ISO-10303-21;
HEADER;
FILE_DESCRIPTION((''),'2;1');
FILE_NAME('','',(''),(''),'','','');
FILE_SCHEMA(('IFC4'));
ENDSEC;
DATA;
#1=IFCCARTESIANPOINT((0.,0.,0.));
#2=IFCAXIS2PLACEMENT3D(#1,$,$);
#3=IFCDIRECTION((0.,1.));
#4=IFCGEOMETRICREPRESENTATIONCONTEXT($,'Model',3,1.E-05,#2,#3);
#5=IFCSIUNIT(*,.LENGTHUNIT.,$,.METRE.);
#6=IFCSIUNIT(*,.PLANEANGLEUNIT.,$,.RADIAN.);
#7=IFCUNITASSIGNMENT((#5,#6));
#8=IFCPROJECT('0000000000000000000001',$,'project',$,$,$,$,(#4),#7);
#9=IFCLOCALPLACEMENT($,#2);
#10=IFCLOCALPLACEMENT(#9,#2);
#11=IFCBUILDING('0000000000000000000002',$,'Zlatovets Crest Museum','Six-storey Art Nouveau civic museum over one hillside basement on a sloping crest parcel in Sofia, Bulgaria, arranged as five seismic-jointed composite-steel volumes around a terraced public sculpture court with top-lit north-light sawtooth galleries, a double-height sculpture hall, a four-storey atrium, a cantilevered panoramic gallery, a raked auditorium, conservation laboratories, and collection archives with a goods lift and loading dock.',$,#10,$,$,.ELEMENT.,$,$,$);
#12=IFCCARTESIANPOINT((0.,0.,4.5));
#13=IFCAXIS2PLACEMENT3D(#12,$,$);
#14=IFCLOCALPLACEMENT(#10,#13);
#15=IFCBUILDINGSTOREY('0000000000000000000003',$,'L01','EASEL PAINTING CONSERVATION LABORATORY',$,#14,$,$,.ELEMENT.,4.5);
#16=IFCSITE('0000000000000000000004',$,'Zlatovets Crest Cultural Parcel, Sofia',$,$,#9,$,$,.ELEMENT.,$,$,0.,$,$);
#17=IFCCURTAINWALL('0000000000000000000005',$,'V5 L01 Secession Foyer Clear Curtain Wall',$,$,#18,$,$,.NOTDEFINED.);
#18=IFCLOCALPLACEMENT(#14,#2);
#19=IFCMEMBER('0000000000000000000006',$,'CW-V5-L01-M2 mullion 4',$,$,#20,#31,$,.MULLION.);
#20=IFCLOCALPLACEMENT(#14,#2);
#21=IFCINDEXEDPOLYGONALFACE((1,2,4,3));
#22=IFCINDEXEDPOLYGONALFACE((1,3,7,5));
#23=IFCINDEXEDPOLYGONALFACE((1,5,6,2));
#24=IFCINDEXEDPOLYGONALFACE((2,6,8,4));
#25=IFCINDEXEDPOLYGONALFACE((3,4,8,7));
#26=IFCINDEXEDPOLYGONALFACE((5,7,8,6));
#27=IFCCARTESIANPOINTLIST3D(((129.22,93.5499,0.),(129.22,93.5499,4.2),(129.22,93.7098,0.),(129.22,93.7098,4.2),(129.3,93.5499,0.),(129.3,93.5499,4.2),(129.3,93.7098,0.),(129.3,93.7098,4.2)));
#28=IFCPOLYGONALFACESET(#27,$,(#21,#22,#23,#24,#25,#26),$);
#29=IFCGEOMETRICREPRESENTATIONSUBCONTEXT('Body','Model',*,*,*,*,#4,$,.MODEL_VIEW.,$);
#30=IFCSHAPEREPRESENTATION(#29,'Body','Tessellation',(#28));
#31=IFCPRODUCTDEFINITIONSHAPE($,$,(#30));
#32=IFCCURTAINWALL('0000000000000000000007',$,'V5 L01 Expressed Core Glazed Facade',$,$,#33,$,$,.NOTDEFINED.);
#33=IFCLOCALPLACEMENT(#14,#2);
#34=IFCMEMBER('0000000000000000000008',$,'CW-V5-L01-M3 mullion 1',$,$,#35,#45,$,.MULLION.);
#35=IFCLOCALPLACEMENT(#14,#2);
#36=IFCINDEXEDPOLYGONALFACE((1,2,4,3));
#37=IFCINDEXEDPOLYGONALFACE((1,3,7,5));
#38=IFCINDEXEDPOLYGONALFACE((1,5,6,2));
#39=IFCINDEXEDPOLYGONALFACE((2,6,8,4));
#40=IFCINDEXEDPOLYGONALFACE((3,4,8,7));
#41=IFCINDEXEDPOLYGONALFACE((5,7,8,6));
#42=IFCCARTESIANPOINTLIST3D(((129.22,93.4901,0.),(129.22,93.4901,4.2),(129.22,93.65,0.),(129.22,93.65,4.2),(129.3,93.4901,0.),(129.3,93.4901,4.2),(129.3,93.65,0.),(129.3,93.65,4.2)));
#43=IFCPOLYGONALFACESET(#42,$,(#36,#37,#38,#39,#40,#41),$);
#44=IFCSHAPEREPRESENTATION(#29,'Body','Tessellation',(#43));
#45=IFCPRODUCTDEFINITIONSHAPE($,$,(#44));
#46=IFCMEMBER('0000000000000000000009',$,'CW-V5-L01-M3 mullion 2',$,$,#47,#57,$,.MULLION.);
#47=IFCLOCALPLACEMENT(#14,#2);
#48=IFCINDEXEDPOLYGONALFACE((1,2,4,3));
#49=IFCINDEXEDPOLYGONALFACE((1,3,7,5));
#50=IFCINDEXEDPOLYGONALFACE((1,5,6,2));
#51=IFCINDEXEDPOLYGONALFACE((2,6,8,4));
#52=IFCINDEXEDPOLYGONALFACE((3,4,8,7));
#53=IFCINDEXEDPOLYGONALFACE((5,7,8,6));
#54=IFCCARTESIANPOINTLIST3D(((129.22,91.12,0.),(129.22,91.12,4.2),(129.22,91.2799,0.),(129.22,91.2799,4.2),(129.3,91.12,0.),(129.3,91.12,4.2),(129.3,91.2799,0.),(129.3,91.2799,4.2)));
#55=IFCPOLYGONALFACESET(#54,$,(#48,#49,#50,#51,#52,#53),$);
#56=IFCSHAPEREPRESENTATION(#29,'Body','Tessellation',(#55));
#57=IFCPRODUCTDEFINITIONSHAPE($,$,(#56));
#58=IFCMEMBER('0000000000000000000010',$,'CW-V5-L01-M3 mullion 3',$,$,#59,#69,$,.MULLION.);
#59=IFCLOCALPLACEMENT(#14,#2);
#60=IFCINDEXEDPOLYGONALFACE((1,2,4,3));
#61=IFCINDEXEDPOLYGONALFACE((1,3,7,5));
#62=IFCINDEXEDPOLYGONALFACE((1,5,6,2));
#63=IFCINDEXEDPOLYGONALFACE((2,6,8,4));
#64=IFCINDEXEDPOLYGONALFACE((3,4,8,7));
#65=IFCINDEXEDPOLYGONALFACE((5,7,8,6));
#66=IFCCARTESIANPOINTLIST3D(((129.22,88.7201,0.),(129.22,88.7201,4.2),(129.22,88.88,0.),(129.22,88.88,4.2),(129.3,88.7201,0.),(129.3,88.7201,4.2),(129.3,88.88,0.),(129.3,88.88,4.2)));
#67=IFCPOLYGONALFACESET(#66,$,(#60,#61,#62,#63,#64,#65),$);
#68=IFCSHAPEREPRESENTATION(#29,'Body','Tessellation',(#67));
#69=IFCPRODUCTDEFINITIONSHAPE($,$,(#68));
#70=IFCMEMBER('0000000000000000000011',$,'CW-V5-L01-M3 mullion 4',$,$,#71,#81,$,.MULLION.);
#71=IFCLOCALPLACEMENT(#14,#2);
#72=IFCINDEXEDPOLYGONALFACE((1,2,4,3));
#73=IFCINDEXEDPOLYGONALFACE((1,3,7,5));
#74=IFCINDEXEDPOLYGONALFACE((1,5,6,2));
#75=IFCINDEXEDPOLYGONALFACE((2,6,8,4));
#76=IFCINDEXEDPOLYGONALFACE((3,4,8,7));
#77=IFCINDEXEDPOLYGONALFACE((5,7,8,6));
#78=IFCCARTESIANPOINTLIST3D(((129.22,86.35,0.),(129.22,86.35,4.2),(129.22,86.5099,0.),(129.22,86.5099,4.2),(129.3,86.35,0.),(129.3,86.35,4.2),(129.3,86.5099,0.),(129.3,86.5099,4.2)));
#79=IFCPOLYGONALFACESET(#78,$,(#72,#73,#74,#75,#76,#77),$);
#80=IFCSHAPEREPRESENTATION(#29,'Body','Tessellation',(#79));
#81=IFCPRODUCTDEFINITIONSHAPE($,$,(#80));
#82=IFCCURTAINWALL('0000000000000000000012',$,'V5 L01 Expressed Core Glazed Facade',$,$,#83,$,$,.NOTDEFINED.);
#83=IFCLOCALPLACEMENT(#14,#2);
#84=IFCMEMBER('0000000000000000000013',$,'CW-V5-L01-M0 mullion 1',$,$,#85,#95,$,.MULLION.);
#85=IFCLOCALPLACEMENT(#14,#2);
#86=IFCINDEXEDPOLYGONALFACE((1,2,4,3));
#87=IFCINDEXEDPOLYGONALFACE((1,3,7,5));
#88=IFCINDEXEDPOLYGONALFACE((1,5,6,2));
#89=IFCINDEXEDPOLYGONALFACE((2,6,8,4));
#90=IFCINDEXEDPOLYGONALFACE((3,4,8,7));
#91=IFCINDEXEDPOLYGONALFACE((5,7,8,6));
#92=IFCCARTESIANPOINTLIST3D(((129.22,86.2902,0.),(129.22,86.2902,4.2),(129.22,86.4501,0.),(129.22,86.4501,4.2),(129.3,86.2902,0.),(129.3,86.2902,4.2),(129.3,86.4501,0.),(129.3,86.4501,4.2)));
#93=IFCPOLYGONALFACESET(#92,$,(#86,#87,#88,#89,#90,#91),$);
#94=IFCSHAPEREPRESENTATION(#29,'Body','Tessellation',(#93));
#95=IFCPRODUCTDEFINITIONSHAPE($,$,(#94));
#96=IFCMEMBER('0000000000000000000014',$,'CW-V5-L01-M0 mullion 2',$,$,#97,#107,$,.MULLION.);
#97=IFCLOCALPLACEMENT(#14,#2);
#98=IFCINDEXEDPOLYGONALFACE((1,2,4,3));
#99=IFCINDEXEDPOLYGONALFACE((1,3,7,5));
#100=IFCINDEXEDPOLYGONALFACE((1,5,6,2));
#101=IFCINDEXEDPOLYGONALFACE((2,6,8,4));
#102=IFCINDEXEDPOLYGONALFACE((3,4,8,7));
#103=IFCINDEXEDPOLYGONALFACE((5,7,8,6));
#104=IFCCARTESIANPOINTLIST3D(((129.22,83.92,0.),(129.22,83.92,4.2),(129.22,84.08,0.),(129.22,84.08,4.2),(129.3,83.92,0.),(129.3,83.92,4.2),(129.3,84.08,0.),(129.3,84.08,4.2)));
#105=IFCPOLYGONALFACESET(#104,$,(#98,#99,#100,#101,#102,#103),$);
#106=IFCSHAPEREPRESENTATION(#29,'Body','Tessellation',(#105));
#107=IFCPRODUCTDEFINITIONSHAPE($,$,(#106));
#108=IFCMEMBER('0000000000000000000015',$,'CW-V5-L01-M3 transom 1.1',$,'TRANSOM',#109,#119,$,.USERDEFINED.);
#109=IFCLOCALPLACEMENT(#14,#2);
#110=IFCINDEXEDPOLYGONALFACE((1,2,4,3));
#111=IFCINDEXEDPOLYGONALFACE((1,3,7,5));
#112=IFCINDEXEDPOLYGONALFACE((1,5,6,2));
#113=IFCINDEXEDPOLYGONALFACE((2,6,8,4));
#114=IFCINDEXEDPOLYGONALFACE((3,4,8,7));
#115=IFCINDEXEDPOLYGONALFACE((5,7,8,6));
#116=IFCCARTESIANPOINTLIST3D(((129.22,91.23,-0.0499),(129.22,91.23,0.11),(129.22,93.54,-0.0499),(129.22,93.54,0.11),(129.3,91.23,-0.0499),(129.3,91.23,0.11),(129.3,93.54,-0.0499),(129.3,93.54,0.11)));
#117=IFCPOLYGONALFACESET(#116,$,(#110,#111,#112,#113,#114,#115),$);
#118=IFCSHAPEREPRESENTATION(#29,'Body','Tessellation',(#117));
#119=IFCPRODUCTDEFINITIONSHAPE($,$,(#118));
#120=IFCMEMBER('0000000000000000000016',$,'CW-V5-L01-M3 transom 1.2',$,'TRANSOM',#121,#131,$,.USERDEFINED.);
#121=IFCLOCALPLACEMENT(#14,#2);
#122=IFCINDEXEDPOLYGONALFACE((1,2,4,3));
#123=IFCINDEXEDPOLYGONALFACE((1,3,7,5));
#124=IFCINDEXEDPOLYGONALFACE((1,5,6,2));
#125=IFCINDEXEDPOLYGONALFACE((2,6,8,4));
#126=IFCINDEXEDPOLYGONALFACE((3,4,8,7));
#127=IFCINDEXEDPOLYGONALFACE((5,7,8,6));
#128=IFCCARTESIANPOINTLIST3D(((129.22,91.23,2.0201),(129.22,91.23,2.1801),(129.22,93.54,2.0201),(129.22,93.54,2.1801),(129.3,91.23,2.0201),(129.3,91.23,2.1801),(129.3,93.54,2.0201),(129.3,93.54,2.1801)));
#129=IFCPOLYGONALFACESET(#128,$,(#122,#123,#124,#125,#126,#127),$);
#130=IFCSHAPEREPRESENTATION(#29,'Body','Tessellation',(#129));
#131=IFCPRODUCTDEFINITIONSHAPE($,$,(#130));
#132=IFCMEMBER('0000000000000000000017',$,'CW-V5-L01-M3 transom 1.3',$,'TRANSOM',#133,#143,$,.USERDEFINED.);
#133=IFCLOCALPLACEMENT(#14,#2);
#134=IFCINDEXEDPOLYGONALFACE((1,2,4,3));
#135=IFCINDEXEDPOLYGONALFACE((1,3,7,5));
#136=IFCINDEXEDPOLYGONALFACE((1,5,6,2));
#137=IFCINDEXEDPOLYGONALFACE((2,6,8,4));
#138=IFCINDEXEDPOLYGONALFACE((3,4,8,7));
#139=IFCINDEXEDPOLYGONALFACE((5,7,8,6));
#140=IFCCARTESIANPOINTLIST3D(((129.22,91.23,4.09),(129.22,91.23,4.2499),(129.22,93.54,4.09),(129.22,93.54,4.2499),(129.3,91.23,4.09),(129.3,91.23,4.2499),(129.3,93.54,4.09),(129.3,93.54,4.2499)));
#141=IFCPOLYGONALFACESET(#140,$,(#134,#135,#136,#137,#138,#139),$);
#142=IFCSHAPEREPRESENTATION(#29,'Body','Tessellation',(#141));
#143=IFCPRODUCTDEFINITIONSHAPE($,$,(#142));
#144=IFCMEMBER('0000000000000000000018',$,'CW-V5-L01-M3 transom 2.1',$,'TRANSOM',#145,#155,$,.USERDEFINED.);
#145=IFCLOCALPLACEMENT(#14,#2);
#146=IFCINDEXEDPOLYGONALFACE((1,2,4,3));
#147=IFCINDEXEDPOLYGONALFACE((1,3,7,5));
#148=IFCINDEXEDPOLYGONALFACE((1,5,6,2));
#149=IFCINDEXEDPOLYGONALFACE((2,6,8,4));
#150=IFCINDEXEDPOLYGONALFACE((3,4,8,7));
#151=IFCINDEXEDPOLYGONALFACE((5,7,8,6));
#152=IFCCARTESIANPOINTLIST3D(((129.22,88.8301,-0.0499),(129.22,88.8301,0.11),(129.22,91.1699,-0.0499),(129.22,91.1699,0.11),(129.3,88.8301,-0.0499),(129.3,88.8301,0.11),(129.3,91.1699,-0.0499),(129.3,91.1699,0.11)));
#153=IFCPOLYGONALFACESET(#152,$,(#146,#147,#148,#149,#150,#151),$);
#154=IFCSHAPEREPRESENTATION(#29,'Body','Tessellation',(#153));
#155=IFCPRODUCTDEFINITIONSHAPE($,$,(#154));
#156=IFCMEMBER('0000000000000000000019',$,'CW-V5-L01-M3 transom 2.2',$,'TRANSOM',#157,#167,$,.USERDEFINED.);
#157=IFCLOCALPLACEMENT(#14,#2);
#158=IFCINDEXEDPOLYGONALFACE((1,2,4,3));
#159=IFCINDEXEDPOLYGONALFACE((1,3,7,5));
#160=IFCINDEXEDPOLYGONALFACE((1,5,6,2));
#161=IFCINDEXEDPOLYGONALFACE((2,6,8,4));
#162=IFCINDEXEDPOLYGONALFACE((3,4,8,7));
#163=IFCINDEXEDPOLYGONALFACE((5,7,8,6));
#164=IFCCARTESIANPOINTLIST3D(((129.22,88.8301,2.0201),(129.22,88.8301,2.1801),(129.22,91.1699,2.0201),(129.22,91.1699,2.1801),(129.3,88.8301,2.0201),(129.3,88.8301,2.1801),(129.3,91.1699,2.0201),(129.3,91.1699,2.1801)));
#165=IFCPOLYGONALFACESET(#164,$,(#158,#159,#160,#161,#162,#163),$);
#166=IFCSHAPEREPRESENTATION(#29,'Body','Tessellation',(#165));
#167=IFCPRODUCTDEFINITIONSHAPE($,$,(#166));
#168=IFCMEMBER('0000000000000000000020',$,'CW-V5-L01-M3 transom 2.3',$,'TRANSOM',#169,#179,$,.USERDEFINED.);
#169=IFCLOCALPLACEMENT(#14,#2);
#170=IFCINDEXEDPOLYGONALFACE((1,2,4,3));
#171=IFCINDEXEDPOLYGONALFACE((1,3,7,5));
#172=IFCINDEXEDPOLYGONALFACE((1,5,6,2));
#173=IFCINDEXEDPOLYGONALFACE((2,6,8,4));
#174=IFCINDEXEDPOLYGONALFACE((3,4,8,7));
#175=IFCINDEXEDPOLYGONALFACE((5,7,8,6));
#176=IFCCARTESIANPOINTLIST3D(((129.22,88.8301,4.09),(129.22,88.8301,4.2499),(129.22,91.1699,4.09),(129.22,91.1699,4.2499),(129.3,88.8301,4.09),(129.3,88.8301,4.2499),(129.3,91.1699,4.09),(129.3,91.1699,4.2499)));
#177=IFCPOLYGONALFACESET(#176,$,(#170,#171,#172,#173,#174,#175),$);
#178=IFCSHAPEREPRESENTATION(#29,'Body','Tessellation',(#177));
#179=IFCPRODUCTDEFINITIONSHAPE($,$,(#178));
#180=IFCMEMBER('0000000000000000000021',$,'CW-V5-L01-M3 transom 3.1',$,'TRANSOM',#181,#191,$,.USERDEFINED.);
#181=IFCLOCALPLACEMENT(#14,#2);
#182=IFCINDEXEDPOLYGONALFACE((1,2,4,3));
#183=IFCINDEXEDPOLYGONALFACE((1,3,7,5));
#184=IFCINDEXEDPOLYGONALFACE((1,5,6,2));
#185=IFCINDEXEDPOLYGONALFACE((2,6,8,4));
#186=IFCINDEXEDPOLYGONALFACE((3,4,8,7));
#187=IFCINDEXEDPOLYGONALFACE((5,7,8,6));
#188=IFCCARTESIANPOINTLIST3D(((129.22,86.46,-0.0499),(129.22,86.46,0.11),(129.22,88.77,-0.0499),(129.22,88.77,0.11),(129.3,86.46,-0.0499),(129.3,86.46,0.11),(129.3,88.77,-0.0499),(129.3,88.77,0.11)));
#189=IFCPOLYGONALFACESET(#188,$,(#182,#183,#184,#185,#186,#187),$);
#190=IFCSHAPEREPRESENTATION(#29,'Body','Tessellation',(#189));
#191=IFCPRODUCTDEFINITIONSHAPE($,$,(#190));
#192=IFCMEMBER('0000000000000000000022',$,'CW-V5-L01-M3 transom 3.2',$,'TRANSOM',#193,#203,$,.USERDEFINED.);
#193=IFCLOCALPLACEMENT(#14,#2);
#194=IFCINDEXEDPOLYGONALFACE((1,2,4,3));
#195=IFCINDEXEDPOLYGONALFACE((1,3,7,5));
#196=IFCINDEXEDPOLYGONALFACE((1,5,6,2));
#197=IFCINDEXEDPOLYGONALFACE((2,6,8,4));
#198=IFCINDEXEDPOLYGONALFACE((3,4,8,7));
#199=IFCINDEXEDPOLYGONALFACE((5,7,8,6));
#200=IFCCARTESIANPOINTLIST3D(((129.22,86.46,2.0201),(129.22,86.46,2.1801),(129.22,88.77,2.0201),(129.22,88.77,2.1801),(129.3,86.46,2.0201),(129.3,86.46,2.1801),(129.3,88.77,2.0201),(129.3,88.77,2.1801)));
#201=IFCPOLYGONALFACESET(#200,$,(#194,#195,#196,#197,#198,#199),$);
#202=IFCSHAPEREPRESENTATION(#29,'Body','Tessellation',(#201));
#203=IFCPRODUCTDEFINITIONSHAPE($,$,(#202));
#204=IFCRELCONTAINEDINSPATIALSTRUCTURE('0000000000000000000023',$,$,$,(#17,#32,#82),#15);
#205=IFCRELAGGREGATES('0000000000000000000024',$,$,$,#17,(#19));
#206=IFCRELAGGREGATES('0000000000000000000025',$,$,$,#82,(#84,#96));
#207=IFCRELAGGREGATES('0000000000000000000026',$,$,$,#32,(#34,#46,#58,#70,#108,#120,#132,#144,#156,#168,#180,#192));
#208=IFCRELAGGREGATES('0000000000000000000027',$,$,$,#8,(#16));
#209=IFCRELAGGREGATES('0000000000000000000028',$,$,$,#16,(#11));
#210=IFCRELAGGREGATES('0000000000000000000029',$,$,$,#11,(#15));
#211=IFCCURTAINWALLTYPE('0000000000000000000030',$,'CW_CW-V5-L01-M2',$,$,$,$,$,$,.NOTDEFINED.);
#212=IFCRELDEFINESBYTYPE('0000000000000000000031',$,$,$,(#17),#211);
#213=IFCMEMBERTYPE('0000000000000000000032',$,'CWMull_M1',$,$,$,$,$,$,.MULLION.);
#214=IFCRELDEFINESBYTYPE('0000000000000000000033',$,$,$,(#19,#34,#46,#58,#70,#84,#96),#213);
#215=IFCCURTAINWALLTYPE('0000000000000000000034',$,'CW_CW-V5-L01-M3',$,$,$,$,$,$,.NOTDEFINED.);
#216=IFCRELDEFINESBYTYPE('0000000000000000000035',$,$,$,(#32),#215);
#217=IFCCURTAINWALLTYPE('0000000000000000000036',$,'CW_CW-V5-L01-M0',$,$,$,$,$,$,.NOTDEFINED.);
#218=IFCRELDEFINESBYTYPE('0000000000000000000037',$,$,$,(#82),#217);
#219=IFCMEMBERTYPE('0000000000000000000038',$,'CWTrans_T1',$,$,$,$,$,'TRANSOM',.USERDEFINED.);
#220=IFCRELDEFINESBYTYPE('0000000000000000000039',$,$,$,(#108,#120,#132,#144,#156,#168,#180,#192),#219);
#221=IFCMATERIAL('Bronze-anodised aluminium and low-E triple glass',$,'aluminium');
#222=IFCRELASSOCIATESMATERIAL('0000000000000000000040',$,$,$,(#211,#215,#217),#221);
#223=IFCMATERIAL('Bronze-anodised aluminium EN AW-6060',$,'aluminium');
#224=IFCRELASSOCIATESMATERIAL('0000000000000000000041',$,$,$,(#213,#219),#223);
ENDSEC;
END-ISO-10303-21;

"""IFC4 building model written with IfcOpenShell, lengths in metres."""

from ifc_helpers import new_model, si_unit, direction, frame, origin, origin_2d, place, context, subcontext, project, spatial, rectangle, extrude, material, material_profile, profile_set, type_object, element, aggregate, save


model = new_model("IFC4")

# Units and contexts
model_context = context("Model", 3, precision=1e-05, world=origin(), true_north=direction((0.0, 1.0)))
body_context = subcontext(model_context, "Body", "Model", "MODEL_VIEW")
ifc_project = project(units=[si_unit("LENGTHUNIT", "METRE"), si_unit("PLANEANGLEUNIT", "RADIAN")], contexts=[model_context])

# Site, building, storey
site_placement = place(None, origin())
site = spatial("IfcSite", under=ifc_project, at=site_placement, Name="Zlatovets Crest Cultural Parcel, Sofia", CompositionType="ELEMENT", RefElevation=0.0)
building_placement = place(site_placement, origin())
building = spatial("IfcBuilding", under=site, at=building_placement, Name="Zlatovets Crest Museum", Description="Six-storey Art Nouveau civic museum over one hillside basement on a sloping crest parcel in Sofia, Bulgaria, arranged as five seismic-jointed composite-steel volumes around a terraced public sculpture court with top-lit north-light sawtooth galleries, a double-height sculpture hall, a four-storey atrium, a cantilevered panoramic gallery, a raked auditorium, conservation laboratories, and collection archives with a goods lift and loading dock.", CompositionType="ELEMENT")
storey_placement = place(building_placement, frame((0.0, 0.0, 4.5)))
storey = spatial("IfcBuildingStorey", under=building, at=storey_placement, Name="L01", Description="EASEL PAINTING CONSERVATION LABORATORY", CompositionType="ELEMENT", Elevation=4.5)

# Curtain wall, member
ifc_material_1 = material(Name="Bronze-anodised aluminium and low-E triple glass", Category="aluminium")
curtain_wall_type_1 = type_object("IfcCurtainWallType", Name="CW_CW-V5-L01-M2", PredefinedType="NOTDEFINED", material=ifc_material_1)
curtain_wall_1_placement = place(storey_placement, origin())
curtain_wall_1 = element("IfcCurtainWall", 1, at=curtain_wall_1_placement, inside=storey, type_object=curtain_wall_type_1, Name="V5 L01 Secession Foyer Clear Curtain Wall", PredefinedType="NOTDEFINED")
ifc_material_2 = material(Name="Bronze-anodised aluminium EN AW-6060", Category="aluminium")
ifc_material_profile_1 = material_profile(ifc_material_2, rectangle(XDim=0.0801, YDim=0.1599, at=origin_2d()), Name="ALU 80x160")
ifc_profile_set_1 = profile_set([ifc_material_profile_1], Name="Bronze-anodised aluminium EN AW-6060")
member_type_1 = type_object("IfcMemberType", Name="CWMull_M1", PredefinedType="MULLION", material=ifc_profile_set_1)
member_1_placement = place(storey_placement, frame((129.26, 93.6299, 0.0), z_axis=(0.0, 0.0, 1.0), x_axis=(1.0, 0.0, 0.0)))
member_1 = element("IfcMember", 2, at=member_1_placement, type_object=member_type_1, Name="CW-V5-L01-M2 mullion 4", PredefinedType="MULLION", context=body_context, shape_type="SweptSolid", body=[
    extrude(rectangle(XDim=0.0801, YDim=0.1599, at=origin_2d()), origin(), (0.0, 0.0, 1.0), 4.2),
])
aggregate(curtain_wall_1, [member_1])

# Curtain walls, members
curtain_wall_type_2 = type_object("IfcCurtainWallType", Name="CW_CW-V5-L01-M3", PredefinedType="NOTDEFINED", material=ifc_material_1)
curtain_wall_2_placement = place(storey_placement, origin())
curtain_wall_2 = element("IfcCurtainWall", 3, at=curtain_wall_2_placement, inside=storey, type_object=curtain_wall_type_2, Name="V5 L01 Expressed Core Glazed Facade", PredefinedType="NOTDEFINED")
member_2_placement = place(storey_placement, frame((129.26, 93.5701, 0.0), z_axis=(0.0, 0.0, 1.0), x_axis=(1.0, 0.0, 0.0)))
member_2 = element("IfcMember", 4, at=member_2_placement, type_object=member_type_1, Name="CW-V5-L01-M3 mullion 1", PredefinedType="MULLION", context=body_context, shape_type="SweptSolid", body=[
    extrude(rectangle(XDim=0.0801, YDim=0.1599, at=origin_2d()), origin(), (0.0, 0.0, 1.0), 4.2),
])
member_3_placement = place(storey_placement, frame((129.26, 91.2, 0.0), z_axis=(0.0, 0.0, 1.0), x_axis=(1.0, 0.0, 0.0)))
member_3 = element("IfcMember", 5, at=member_3_placement, type_object=member_type_1, Name="CW-V5-L01-M3 mullion 2", PredefinedType="MULLION", context=body_context, shape_type="SweptSolid", body=[
    extrude(rectangle(XDim=0.0801, YDim=0.1599, at=origin_2d()), origin(), (0.0, 0.0, 1.0), 4.2),
])
member_4_placement = place(storey_placement, frame((129.26, 88.8, 0.0), z_axis=(0.0, 0.0, 1.0), x_axis=(1.0, 0.0, 0.0)))
member_4 = element("IfcMember", 6, at=member_4_placement, type_object=member_type_1, Name="CW-V5-L01-M3 mullion 3", PredefinedType="MULLION", context=body_context, shape_type="SweptSolid", body=[
    extrude(rectangle(XDim=0.0801, YDim=0.1599, at=origin_2d()), origin(), (0.0, 0.0, 1.0), 4.2),
])
member_5_placement = place(storey_placement, frame((129.26, 86.4299, 0.0), z_axis=(0.0, 0.0, 1.0), x_axis=(1.0, 0.0, 0.0)))
member_5 = element("IfcMember", 7, at=member_5_placement, type_object=member_type_1, Name="CW-V5-L01-M3 mullion 4", PredefinedType="MULLION", context=body_context, shape_type="SweptSolid", body=[
    extrude(rectangle(XDim=0.0801, YDim=0.1599, at=origin_2d()), origin(), (0.0, 0.0, 1.0), 4.2),
])
curtain_wall_type_3 = type_object("IfcCurtainWallType", Name="CW_CW-V5-L01-M0", PredefinedType="NOTDEFINED", material=ifc_material_1)
curtain_wall_3_placement = place(storey_placement, origin())
curtain_wall_3 = element("IfcCurtainWall", 8, at=curtain_wall_3_placement, inside=storey, type_object=curtain_wall_type_3, Name="V5 L01 Expressed Core Glazed Facade", PredefinedType="NOTDEFINED")
member_6_placement = place(storey_placement, frame((129.26, 86.3701, 0.0), z_axis=(0.0, 0.0, 1.0), x_axis=(1.0, 0.0, 0.0)))
member_6 = element("IfcMember", 9, at=member_6_placement, type_object=member_type_1, Name="CW-V5-L01-M0 mullion 1", PredefinedType="MULLION", context=body_context, shape_type="SweptSolid", body=[
    extrude(rectangle(XDim=0.0801, YDim=0.1599, at=origin_2d()), origin(), (0.0, 0.0, 1.0), 4.2),
])
member_7_placement = place(storey_placement, frame((129.26, 84.0, 0.0), z_axis=(0.0, 0.0, 1.0), x_axis=(1.0, 0.0, 0.0)))
member_7 = element("IfcMember", 10, at=member_7_placement, type_object=member_type_1, Name="CW-V5-L01-M0 mullion 2", PredefinedType="MULLION", context=body_context, shape_type="SweptSolid", body=[
    extrude(rectangle(XDim=0.0801, YDim=0.1599, at=origin_2d()), origin(), (0.0, 0.0, 1.0), 4.2),
])

# Members
ifc_material_profile_2 = material_profile(ifc_material_2, rectangle(XDim=0.0801, YDim=0.1599, at=origin_2d()), Name="ALU 80x160")
ifc_profile_set_2 = profile_set([ifc_material_profile_2], Name="Bronze-anodised aluminium EN AW-6060")
member_type_2 = type_object("IfcMemberType", Name="CWTrans_T1", ElementType="TRANSOM", PredefinedType="USERDEFINED", material=ifc_profile_set_2)
member_8_placement = place(storey_placement, frame((129.26, 93.54, 0.03), z_axis=(0.0, -1.0, 0.0), x_axis=(1.0, 0.0, 0.0)))
member_8 = element("IfcMember", 11, at=member_8_placement, type_object=member_type_2, Name="CW-V5-L01-M3 transom 1.1", ObjectType="TRANSOM", PredefinedType="USERDEFINED", context=body_context, shape_type="SweptSolid", body=[
    extrude(rectangle(XDim=0.0801, YDim=0.1599, at=origin_2d()), origin(), (0.0, 0.0, 1.0), 2.3101),
])
member_9_placement = place(storey_placement, frame((129.26, 93.54, 2.1001), z_axis=(0.0, -1.0, 0.0), x_axis=(1.0, 0.0, 0.0)))
member_9 = element("IfcMember", 12, at=member_9_placement, type_object=member_type_2, Name="CW-V5-L01-M3 transom 1.2", ObjectType="TRANSOM", PredefinedType="USERDEFINED", context=body_context, shape_type="SweptSolid", body=[
    extrude(rectangle(XDim=0.0801, YDim=0.1599, at=origin_2d()), origin(), (0.0, 0.0, 1.0), 2.3101),
])
member_10_placement = place(storey_placement, frame((129.26, 93.54, 4.1699), z_axis=(0.0, -1.0, 0.0), x_axis=(1.0, 0.0, 0.0)))
member_10 = element("IfcMember", 13, at=member_10_placement, type_object=member_type_2, Name="CW-V5-L01-M3 transom 1.3", ObjectType="TRANSOM", PredefinedType="USERDEFINED", context=body_context, shape_type="SweptSolid", body=[
    extrude(rectangle(XDim=0.0801, YDim=0.1599, at=origin_2d()), origin(), (0.0, 0.0, 1.0), 2.3101),
])
member_11_placement = place(storey_placement, frame((129.26, 91.1699, 0.03), z_axis=(0.0, -1.0, 0.0), x_axis=(1.0, 0.0, 0.0)))
member_11 = element("IfcMember", 14, at=member_11_placement, type_object=member_type_2, Name="CW-V5-L01-M3 transom 2.1", ObjectType="TRANSOM", PredefinedType="USERDEFINED", context=body_context, shape_type="SweptSolid", body=[
    extrude(rectangle(XDim=0.0801, YDim=0.1599, at=origin_2d()), origin(), (0.0, 0.0, 1.0), 2.3398),
])
member_12_placement = place(storey_placement, frame((129.26, 91.1699, 2.1001), z_axis=(0.0, -1.0, 0.0), x_axis=(1.0, 0.0, 0.0)))
member_12 = element("IfcMember", 15, at=member_12_placement, type_object=member_type_2, Name="CW-V5-L01-M3 transom 2.2", ObjectType="TRANSOM", PredefinedType="USERDEFINED", context=body_context, shape_type="SweptSolid", body=[
    extrude(rectangle(XDim=0.0801, YDim=0.1599, at=origin_2d()), origin(), (0.0, 0.0, 1.0), 2.3398),
])
member_13_placement = place(storey_placement, frame((129.26, 91.1699, 4.1699), z_axis=(0.0, -1.0, 0.0), x_axis=(1.0, 0.0, 0.0)))
member_13 = element("IfcMember", 16, at=member_13_placement, type_object=member_type_2, Name="CW-V5-L01-M3 transom 2.3", ObjectType="TRANSOM", PredefinedType="USERDEFINED", context=body_context, shape_type="SweptSolid", body=[
    extrude(rectangle(XDim=0.0801, YDim=0.1599, at=origin_2d()), origin(), (0.0, 0.0, 1.0), 2.3398),
])
member_14_placement = place(storey_placement, frame((129.26, 88.77, 0.03), z_axis=(0.0, -1.0, 0.0), x_axis=(1.0, 0.0, 0.0)))
member_14 = element("IfcMember", 17, at=member_14_placement, type_object=member_type_2, Name="CW-V5-L01-M3 transom 3.1", ObjectType="TRANSOM", PredefinedType="USERDEFINED", context=body_context, shape_type="SweptSolid", body=[
    extrude(rectangle(XDim=0.0801, YDim=0.1599, at=origin_2d()), origin(), (0.0, 0.0, 1.0), 2.3101),
])
member_15_placement = place(storey_placement, frame((129.26, 88.77, 2.1001), z_axis=(0.0, -1.0, 0.0), x_axis=(1.0, 0.0, 0.0)))
member_15 = element("IfcMember", 18, at=member_15_placement, type_object=member_type_2, Name="CW-V5-L01-M3 transom 3.2", ObjectType="TRANSOM", PredefinedType="USERDEFINED", context=body_context, shape_type="SweptSolid", body=[
    extrude(rectangle(XDim=0.0801, YDim=0.1599, at=origin_2d()), origin(), (0.0, 0.0, 1.0), 2.3101),
])

aggregate(curtain_wall_3, [member_6, member_7])
aggregate(curtain_wall_2, [member_2, member_3, member_4, member_5, member_8, member_9, member_10, member_11, member_12, member_13, member_14, member_15])

save(model, "model.ifc")
